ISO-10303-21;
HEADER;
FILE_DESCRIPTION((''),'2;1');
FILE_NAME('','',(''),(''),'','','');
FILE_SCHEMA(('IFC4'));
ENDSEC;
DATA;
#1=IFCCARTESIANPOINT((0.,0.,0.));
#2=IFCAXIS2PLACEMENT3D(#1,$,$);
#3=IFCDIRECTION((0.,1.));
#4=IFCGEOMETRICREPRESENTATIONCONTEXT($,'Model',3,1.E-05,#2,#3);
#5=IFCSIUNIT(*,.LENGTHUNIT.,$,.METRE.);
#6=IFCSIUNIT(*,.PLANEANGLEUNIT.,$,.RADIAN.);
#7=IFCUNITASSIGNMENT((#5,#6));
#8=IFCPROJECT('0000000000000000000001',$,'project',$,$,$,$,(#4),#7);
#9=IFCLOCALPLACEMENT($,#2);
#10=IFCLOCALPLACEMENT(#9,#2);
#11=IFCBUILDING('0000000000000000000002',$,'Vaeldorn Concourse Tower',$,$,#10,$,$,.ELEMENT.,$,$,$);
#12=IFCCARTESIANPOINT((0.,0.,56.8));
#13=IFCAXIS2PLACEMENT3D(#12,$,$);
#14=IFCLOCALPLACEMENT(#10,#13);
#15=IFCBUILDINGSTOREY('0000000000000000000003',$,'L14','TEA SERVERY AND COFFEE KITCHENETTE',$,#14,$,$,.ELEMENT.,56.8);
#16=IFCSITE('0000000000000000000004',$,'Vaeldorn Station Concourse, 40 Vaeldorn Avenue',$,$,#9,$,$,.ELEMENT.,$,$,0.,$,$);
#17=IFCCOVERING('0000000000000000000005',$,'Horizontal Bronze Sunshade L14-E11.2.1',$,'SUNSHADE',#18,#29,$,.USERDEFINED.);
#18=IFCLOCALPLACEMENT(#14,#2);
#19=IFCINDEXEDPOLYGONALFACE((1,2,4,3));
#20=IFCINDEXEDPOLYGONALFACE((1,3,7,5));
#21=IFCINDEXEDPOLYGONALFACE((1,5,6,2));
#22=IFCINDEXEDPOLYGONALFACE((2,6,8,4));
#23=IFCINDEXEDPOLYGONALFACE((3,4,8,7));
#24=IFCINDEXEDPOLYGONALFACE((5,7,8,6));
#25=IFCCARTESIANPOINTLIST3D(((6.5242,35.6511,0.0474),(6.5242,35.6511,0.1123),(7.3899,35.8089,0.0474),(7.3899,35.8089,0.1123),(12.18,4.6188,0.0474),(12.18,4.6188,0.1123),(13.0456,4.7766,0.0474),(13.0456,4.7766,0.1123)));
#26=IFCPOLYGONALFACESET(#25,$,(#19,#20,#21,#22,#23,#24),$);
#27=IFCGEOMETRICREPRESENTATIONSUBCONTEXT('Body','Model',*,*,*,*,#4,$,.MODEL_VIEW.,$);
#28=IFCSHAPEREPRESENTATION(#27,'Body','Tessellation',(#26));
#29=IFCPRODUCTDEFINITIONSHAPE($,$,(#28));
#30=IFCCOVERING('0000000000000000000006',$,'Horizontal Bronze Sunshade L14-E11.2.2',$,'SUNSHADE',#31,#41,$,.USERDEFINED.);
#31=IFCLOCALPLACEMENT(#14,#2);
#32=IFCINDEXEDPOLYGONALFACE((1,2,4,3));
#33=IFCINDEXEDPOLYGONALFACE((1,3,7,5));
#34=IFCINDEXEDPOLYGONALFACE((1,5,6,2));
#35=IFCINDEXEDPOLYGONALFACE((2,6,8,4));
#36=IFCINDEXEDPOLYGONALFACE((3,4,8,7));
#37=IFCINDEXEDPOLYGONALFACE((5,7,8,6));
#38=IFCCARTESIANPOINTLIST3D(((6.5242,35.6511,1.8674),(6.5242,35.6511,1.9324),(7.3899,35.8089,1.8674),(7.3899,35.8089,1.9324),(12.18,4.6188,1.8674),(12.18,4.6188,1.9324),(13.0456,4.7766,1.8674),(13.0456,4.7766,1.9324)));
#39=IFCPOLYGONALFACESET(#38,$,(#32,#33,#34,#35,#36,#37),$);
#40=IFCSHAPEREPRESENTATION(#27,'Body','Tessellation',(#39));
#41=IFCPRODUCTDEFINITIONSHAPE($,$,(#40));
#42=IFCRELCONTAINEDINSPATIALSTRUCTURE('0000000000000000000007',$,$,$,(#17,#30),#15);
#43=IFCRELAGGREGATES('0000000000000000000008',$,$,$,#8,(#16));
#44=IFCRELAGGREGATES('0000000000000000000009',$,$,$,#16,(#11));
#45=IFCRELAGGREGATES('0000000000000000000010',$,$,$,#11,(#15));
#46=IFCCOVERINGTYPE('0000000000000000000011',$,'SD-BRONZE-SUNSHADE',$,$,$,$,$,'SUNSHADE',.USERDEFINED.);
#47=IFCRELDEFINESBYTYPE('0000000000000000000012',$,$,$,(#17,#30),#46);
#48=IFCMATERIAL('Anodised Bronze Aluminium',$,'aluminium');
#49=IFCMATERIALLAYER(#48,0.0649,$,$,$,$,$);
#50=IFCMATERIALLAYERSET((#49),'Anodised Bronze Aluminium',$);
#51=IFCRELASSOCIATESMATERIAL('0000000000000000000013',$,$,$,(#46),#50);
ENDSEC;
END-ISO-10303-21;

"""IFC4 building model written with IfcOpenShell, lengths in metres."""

from ifc_helpers import new_model, si_unit, direction, frame, origin, origin_2d, place, context, subcontext, project, spatial, rectangle, extrude, source, transform, mapped, material, layer, layer_set, type_object, element, save


model = new_model("IFC4")

# Units and contexts
model_context = context("Model", 3, precision=1e-05, world=origin(), true_north=direction((0.0, 1.0)))
body_context = subcontext(model_context, "Body", "Model", "MODEL_VIEW")
ifc_project = project(units=[si_unit("LENGTHUNIT", "METRE"), si_unit("PLANEANGLEUNIT", "RADIAN")], contexts=[model_context])

# Site, building, storey
site_placement = place(None, origin())
site = spatial("IfcSite", under=ifc_project, at=site_placement, Name="Vaeldorn Station Concourse, 40 Vaeldorn Avenue", CompositionType="ELEMENT", RefElevation=0.0)
building_placement = place(site_placement, origin())
building = spatial("IfcBuilding", under=site, at=building_placement, Name="Vaeldorn Concourse Tower", CompositionType="ELEMENT")
storey_placement = place(building_placement, frame((0.0, 0.0, 56.8)))
storey = spatial("IfcBuildingStorey", under=building, at=storey_placement, Name="L14", Description="TEA SERVERY AND COFFEE KITCHENETTE", CompositionType="ELEMENT", Elevation=56.8)

# Shared definitions
ifc_material_1 = material(Name="Anodised Bronze Aluminium", Category="aluminium")

# Coverings
ifc_layer_1 = layer(ifc_material_1, 0.0649)
ifc_layer_set_1 = layer_set([ifc_layer_1], Name="Anodised Bronze Aluminium")
covering_type = type_object("IfcCoveringType", Name="SD-BRONZE-SUNSHADE", ElementType="SUNSHADE", PredefinedType="USERDEFINED", material=ifc_layer_set_1)
shared_shape_1 = source(origin(), body_context, "Body", "SweptSolid", [
    extrude(rectangle(XDim=31.5435, YDim=0.8799, at=origin_2d()), origin(), (0.0, 0.0, 1.0), 0.0649),
])
for number, where, z_axis, x_axis, name in (
    (1, (9.7849, 20.2139, 0.0474), (0.0, 0.0, 1.0), (0.1793, -0.983794, 0.0), "Horizontal Bronze Sunshade L14-E11.2.1"),
    (2, (9.7849, 20.2139, 1.8674), (0.0, 0.0, 1.0), (0.1793, -0.983794, 0.0), "Horizontal Bronze Sunshade L14-E11.2.2"),
):
    element("IfcCovering", number, at=place(storey_placement, frame(where, z_axis=z_axis, x_axis=x_axis)), inside=storey, type_object=covering_type, Name=name, ObjectType="SUNSHADE", PredefinedType="USERDEFINED", context=body_context, shape_type="MappedRepresentation", body=[
        mapped(shared_shape_1, transform((0.0, 0.0, 0.0), scale=1.0)),
    ])

save(model, "model.ifc")
